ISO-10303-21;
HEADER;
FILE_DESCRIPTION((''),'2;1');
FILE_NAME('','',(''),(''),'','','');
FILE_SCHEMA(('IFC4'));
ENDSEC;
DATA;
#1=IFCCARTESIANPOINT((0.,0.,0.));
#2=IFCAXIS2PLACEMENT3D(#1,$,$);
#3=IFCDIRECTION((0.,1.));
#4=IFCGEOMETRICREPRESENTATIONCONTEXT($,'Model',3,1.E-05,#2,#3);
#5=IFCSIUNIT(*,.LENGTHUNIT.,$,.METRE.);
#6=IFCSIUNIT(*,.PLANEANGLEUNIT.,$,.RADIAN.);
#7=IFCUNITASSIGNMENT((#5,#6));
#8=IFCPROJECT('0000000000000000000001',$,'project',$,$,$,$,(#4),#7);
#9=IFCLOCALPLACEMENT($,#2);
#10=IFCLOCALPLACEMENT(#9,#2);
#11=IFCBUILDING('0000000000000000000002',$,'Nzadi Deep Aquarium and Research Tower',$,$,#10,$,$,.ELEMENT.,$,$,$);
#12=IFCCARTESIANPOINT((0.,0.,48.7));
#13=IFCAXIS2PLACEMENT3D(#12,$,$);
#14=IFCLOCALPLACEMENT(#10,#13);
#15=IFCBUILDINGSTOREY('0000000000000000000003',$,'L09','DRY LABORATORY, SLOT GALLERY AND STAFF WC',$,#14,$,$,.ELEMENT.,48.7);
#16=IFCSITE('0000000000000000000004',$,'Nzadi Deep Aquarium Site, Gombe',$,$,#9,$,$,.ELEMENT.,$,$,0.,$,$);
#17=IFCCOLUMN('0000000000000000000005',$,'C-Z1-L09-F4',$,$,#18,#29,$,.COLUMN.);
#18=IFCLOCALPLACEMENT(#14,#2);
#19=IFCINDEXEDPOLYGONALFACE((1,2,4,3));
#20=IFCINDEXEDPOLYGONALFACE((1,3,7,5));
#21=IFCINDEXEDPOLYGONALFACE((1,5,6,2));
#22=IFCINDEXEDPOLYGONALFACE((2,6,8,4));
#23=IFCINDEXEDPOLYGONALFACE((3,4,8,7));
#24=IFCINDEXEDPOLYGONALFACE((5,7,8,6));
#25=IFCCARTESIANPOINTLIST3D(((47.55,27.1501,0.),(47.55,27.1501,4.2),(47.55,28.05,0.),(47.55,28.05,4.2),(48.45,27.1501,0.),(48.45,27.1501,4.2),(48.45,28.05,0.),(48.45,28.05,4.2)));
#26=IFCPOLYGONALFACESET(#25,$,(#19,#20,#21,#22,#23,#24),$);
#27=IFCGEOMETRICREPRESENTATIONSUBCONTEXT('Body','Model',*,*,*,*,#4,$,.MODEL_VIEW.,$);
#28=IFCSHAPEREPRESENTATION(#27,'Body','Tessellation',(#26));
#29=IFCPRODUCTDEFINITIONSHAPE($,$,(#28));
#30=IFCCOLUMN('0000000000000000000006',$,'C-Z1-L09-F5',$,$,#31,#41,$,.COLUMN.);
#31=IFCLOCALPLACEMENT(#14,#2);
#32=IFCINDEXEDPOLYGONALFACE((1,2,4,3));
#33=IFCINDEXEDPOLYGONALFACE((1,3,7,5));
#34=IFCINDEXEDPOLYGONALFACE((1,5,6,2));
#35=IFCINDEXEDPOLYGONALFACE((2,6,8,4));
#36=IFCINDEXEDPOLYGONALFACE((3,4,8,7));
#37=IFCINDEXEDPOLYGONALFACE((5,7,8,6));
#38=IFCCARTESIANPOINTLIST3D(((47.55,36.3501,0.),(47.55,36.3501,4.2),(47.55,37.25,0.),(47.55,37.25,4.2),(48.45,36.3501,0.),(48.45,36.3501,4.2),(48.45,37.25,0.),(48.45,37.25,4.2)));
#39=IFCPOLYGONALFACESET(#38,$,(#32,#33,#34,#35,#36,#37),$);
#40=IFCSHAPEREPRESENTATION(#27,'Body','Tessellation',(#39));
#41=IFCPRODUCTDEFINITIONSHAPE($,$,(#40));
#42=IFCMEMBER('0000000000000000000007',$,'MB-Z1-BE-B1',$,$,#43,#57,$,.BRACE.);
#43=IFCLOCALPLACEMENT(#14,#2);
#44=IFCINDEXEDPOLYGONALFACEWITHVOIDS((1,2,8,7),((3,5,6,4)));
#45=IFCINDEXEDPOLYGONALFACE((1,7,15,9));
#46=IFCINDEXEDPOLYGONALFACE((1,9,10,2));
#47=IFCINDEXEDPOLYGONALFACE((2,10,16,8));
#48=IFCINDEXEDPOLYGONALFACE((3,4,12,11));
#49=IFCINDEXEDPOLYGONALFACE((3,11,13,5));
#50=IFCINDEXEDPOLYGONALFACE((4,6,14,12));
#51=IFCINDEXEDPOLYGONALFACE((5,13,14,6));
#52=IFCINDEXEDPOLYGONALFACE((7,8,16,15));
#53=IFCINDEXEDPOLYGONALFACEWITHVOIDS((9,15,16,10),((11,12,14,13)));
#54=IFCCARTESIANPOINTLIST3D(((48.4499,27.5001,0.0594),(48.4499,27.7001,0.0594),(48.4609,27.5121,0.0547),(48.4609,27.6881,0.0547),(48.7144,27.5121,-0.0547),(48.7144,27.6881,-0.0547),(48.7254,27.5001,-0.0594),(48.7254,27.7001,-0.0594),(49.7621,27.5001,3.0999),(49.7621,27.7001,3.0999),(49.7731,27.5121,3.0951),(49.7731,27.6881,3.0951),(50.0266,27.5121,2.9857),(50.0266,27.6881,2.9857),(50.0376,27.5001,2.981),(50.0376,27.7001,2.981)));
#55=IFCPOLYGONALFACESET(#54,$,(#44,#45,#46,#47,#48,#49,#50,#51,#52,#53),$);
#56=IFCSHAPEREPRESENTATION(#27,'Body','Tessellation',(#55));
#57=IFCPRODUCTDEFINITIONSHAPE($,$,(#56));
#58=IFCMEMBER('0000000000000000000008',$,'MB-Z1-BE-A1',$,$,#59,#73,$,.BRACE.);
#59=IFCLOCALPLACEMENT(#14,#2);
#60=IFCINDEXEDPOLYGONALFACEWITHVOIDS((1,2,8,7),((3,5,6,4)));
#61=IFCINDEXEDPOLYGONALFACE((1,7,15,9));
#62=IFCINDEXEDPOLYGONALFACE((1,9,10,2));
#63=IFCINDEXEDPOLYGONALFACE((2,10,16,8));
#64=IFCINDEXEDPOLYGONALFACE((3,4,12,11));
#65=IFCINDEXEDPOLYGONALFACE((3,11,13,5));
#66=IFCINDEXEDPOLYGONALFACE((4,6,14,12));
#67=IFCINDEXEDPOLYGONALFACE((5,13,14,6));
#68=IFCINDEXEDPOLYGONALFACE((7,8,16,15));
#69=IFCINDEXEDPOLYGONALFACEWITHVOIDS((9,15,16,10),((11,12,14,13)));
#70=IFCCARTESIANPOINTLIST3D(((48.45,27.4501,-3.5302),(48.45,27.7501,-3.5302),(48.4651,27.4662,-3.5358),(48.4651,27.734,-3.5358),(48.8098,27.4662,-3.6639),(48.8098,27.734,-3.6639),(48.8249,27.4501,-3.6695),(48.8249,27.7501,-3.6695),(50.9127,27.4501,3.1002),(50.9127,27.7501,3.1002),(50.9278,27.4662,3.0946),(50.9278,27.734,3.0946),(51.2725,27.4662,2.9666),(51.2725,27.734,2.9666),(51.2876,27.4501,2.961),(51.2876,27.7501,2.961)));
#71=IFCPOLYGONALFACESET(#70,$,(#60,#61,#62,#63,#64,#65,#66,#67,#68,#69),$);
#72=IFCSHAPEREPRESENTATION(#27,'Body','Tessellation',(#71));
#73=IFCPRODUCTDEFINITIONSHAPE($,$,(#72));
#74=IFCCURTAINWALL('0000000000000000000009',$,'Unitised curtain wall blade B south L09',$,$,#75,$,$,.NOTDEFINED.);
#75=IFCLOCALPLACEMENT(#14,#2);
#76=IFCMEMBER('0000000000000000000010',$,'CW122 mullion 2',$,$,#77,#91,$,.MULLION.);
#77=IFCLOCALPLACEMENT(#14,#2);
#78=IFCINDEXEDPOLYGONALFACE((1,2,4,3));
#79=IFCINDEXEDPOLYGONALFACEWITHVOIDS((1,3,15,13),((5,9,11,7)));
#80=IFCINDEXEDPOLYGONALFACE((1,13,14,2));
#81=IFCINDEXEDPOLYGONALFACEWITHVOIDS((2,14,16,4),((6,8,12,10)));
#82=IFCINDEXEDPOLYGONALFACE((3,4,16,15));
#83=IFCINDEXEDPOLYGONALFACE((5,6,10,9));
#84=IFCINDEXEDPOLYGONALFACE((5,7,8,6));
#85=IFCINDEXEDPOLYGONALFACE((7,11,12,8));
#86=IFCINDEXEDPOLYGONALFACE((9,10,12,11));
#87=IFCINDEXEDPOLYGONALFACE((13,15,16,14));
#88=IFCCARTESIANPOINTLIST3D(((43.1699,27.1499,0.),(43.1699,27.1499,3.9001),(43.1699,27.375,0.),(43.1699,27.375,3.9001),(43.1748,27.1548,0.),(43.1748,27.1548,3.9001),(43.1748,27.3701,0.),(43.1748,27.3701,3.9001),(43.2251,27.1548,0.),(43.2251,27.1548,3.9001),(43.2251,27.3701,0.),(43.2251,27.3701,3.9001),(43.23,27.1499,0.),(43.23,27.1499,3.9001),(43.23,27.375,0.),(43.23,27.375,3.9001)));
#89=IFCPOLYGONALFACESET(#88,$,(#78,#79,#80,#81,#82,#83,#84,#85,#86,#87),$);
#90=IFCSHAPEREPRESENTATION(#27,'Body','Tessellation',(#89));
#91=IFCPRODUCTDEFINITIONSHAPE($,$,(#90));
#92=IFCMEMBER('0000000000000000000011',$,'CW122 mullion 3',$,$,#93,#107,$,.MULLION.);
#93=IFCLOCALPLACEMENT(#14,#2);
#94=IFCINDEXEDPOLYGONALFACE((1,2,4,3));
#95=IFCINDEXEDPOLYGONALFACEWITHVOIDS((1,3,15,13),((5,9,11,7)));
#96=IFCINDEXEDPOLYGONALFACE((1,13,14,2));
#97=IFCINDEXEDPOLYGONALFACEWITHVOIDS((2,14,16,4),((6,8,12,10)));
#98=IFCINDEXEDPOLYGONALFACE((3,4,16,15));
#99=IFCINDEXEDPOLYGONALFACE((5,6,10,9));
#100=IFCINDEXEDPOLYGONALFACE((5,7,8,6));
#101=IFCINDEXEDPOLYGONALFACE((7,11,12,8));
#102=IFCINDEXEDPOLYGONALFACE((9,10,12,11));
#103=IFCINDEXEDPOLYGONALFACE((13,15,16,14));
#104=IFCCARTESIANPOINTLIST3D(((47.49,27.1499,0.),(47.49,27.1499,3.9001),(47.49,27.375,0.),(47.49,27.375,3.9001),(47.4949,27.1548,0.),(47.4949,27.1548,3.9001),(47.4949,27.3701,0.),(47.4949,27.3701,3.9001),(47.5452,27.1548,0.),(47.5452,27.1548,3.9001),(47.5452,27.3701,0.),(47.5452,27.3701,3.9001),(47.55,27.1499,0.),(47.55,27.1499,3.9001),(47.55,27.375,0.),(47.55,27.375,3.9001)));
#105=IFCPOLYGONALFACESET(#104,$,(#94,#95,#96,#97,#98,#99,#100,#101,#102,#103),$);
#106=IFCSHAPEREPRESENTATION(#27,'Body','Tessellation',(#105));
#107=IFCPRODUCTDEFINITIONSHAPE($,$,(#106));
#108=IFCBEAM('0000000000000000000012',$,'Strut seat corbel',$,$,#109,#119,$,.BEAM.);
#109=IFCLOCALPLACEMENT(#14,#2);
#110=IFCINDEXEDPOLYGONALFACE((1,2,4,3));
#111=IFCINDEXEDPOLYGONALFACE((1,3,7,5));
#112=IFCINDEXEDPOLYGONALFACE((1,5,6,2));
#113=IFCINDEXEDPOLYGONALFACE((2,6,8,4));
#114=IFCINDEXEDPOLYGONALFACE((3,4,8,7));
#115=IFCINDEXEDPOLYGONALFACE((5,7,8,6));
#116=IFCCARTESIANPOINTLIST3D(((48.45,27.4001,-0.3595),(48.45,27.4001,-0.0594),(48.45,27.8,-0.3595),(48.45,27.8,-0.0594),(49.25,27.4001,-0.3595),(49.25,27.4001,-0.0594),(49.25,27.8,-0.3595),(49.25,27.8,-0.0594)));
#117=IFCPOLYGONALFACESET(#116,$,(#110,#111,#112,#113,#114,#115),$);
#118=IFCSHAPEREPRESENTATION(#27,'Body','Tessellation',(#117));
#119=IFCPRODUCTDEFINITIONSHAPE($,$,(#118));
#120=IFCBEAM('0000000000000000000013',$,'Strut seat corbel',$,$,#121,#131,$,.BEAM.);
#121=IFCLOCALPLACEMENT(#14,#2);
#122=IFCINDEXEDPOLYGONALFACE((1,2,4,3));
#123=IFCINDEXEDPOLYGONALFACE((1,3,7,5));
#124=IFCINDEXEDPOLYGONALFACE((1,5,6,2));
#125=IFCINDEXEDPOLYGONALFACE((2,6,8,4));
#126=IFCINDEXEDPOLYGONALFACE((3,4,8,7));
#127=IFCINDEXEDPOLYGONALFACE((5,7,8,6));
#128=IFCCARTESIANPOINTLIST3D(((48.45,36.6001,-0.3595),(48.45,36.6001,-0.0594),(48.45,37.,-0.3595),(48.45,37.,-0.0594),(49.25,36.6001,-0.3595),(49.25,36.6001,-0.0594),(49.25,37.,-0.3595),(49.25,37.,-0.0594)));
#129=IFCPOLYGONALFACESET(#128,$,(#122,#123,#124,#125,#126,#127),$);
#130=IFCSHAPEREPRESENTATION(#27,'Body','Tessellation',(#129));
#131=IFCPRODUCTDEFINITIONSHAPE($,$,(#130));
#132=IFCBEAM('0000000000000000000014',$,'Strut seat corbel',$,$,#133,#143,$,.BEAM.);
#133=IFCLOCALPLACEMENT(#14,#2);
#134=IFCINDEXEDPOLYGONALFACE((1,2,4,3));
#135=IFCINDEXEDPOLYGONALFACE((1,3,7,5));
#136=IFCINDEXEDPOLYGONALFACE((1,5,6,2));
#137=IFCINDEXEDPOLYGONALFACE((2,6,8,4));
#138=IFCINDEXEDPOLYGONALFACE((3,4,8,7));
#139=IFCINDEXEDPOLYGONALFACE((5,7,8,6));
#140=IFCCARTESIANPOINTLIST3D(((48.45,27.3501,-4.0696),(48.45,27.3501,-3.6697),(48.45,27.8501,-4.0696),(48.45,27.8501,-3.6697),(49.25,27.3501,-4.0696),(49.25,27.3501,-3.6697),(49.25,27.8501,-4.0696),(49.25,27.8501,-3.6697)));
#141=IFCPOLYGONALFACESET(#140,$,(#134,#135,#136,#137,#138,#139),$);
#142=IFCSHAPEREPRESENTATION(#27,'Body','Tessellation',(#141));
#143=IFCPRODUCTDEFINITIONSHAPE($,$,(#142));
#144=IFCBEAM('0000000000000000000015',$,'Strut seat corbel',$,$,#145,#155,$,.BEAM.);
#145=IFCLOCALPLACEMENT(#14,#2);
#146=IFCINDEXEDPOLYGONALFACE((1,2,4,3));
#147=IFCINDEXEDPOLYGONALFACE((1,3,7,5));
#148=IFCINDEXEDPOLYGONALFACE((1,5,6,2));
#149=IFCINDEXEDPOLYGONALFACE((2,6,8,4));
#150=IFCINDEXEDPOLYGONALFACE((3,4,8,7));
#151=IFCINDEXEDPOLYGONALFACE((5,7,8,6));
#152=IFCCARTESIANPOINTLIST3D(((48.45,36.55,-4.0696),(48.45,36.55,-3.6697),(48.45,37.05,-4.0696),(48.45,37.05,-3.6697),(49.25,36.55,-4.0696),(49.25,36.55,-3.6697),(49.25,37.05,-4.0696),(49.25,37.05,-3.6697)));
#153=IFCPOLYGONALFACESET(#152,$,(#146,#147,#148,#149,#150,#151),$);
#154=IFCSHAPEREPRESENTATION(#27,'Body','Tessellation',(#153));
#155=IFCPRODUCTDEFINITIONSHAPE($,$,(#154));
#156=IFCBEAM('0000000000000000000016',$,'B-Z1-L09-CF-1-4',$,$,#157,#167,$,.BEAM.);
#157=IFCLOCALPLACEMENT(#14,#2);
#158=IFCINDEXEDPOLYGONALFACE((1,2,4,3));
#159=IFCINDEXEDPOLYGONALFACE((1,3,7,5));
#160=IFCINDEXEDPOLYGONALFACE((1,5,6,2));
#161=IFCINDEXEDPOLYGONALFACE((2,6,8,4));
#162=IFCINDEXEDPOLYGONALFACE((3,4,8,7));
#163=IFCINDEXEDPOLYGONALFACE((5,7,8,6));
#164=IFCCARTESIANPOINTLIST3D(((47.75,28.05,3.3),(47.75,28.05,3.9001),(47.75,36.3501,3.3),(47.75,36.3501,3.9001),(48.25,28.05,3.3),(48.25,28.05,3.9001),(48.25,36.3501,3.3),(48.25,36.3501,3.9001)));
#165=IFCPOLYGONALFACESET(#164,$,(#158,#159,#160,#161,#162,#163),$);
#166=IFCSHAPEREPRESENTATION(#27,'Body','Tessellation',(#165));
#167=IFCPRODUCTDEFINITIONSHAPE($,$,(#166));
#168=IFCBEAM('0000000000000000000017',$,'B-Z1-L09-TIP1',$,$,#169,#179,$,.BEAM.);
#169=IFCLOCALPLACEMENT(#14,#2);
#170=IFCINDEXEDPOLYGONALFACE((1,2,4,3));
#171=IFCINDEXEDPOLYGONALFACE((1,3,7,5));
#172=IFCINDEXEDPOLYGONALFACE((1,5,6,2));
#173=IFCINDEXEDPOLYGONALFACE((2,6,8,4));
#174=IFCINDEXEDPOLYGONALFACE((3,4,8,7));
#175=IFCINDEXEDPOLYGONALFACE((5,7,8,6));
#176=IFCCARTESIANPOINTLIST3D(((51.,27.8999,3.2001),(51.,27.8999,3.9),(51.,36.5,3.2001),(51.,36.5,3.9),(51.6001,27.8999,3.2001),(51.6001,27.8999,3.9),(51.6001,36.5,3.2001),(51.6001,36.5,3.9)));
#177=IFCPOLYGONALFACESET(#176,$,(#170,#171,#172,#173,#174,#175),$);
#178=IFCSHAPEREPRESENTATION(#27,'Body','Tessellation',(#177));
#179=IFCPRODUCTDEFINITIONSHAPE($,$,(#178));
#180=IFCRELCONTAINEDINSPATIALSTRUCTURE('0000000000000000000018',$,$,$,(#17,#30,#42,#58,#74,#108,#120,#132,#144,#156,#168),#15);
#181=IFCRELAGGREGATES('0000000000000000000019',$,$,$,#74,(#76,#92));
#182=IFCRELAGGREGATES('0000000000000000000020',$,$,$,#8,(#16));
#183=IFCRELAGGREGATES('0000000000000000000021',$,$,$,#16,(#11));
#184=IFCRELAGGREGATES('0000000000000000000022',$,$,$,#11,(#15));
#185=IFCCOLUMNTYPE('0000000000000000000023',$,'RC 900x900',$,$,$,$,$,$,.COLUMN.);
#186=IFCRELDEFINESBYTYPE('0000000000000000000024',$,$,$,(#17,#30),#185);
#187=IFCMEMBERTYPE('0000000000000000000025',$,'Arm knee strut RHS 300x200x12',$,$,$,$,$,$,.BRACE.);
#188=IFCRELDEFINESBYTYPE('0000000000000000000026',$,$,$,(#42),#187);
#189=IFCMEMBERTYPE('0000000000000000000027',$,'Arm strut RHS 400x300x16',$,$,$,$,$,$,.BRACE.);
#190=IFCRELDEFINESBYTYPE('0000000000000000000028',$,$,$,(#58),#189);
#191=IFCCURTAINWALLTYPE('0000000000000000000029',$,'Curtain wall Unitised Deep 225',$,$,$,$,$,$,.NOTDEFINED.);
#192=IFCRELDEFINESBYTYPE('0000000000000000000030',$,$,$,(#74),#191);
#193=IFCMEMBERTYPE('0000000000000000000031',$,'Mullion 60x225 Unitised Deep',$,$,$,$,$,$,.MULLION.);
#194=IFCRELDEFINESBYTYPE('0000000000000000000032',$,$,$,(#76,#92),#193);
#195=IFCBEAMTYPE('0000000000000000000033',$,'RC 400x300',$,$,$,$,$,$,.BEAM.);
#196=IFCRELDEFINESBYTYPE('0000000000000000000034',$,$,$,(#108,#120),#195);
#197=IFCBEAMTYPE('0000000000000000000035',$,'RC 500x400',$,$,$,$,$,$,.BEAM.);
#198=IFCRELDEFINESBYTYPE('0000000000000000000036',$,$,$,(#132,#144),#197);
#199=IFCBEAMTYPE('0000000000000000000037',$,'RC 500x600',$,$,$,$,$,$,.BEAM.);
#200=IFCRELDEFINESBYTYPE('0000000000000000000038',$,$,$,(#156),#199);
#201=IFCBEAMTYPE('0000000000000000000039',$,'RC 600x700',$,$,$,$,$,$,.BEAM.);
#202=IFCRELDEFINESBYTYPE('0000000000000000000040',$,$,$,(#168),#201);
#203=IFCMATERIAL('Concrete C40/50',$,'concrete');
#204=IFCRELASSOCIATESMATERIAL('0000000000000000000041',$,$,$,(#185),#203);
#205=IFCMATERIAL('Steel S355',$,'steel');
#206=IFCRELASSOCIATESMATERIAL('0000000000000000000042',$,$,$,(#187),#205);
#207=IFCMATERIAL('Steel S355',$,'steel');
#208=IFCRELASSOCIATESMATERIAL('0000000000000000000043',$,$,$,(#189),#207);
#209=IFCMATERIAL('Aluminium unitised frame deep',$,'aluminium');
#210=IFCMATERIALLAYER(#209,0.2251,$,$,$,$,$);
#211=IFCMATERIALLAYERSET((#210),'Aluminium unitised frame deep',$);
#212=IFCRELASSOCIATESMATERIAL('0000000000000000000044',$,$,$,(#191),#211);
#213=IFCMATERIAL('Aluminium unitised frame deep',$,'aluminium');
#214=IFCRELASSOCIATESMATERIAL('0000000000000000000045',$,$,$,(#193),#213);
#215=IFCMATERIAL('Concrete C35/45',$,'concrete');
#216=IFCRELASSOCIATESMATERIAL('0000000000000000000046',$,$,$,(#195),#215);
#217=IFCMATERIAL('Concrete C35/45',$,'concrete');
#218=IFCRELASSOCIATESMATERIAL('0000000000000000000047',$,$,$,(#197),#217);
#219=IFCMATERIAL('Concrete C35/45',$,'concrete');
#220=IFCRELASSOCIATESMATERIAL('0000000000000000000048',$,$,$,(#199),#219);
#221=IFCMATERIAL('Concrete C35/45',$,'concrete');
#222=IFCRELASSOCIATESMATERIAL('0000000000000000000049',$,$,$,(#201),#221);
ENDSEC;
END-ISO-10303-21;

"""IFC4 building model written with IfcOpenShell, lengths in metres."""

from ifc_helpers import new_model, si_unit, direction, frame, origin, origin_2d, place, context, subcontext, project, spatial, rectangle, hollow_rectangle, extrude, material, layer, layer_set, material_profile, profile_set, type_object, element, aggregate, save


model = new_model("IFC4")

# Units and contexts
model_context = context("Model", 3, precision=1e-05, world=origin(), true_north=direction((0.0, 1.0)))
body_context = subcontext(model_context, "Body", "Model", "MODEL_VIEW")
ifc_project = project(units=[si_unit("LENGTHUNIT", "METRE"), si_unit("PLANEANGLEUNIT", "RADIAN")], contexts=[model_context])

# Site, building, storey
site_placement = place(None, origin())
site = spatial("IfcSite", under=ifc_project, at=site_placement, Name="Nzadi Deep Aquarium Site, Gombe", CompositionType="ELEMENT", RefElevation=0.0)
building_placement = place(site_placement, origin())
building = spatial("IfcBuilding", under=site, at=building_placement, Name="Nzadi Deep Aquarium and Research Tower", CompositionType="ELEMENT")
storey_placement = place(building_placement, frame((0.0, 0.0, 48.7)))
storey = spatial("IfcBuildingStorey", under=building, at=storey_placement, Name="L09", Description="DRY LABORATORY, SLOT GALLERY AND STAFF WC", CompositionType="ELEMENT", Elevation=48.7)

# Columns
ifc_material_1 = material(Name="Concrete C40/50", Category="concrete")
ifc_material_profile_1 = material_profile(ifc_material_1, rectangle(XDim=0.8999, YDim=0.8999, at=origin_2d()))
ifc_profile_set_1 = profile_set([ifc_material_profile_1], Name="Concrete C40/50")
column_type = type_object("IfcColumnType", Name="RC 900x900", PredefinedType="COLUMN", material=ifc_profile_set_1)
for number, where, z_axis, x_axis, name in (
    (1, (48.0, 27.6001, 0.0), (0.0, 0.0, 1.0), (1.0, 0.0, 0.0), "C-Z1-L09-F4"),
    (2, (48.0, 36.8, 0.0), (0.0, 0.0, 1.0), (1.0, 0.0, 0.0), "C-Z1-L09-F5"),
):
    element("IfcColumn", number, at=place(storey_placement, frame(where, z_axis=z_axis, x_axis=x_axis)), inside=storey, type_object=column_type, Name=name, PredefinedType="COLUMN", context=body_context, shape_type="SweptSolid", body=[
        extrude(rectangle(XDim=0.8999, YDim=0.8999, at=origin_2d()), origin(), (0.0, 0.0, 1.0), 4.2),
    ])

# Members
ifc_material_2 = material(Name="Steel S355", Category="steel")
ifc_material_profile_2 = material_profile(ifc_material_2, hollow_rectangle(XDim=0.2, YDim=0.3, WallThickness=0.012, at=origin_2d()))
ifc_profile_set_2 = profile_set([ifc_material_profile_2], Name="Steel S355")
member_type_1 = type_object("IfcMemberType", Name="Arm knee strut RHS 300x200x12", PredefinedType="BRACE", material=ifc_profile_set_2)
member_1_placement = place(storey_placement, frame((48.5876, 27.6001, 0.0), z_axis=(0.396258, 0.0, 0.918139), x_axis=(0.0, 1.0, 0.0)))
element("IfcMember", 3, at=member_1_placement, inside=storey, type_object=member_type_1, Name="MB-Z1-BE-B1", PredefinedType="BRACE", context=body_context, shape_type="SweptSolid", body=[
    extrude(hollow_rectangle(XDim=0.2, YDim=0.3, WallThickness=0.012, at=origin_2d()), origin(), (0.0, 0.0, 1.0), 3.3115),
])
ifc_material_3 = material(Name="Steel S355", Category="steel")
ifc_material_profile_3 = material_profile(ifc_material_3, hollow_rectangle(XDim=0.3, YDim=0.3999, WallThickness=0.0161, at=origin_2d()))
ifc_profile_set_3 = profile_set([ifc_material_profile_3], Name="Steel S355")
member_type_2 = type_object("IfcMemberType", Name="Arm strut RHS 400x300x16", PredefinedType="BRACE", material=ifc_profile_set_3)
member_2_placement = place(storey_placement, frame((48.6375, 27.6001, -3.5999), z_axis=(0.348179, 0.0, 0.937428), x_axis=(0.0, 1.0, 0.0)))
element("IfcMember", 4, at=member_2_placement, inside=storey, type_object=member_type_2, Name="MB-Z1-BE-A1", PredefinedType="BRACE", context=body_context, shape_type="SweptSolid", body=[
    extrude(hollow_rectangle(XDim=0.3, YDim=0.3999, WallThickness=0.0161, at=origin_2d()), origin(), (0.0, 0.0, 1.0), 7.073),
])

# Curtain wall, members
ifc_material_4 = material(Name="Aluminium unitised frame deep", Category="aluminium")
ifc_layer_1 = layer(ifc_material_4, 0.2251)
ifc_layer_set_1 = layer_set([ifc_layer_1], Name="Aluminium unitised frame deep")
curtain_wall_type = type_object("IfcCurtainWallType", Name="Curtain wall Unitised Deep 225", PredefinedType="NOTDEFINED", material=ifc_layer_set_1)
curtain_wall_placement = place(storey_placement, origin())
curtain_wall = element("IfcCurtainWall", 5, at=curtain_wall_placement, inside=storey, type_object=curtain_wall_type, Name="Unitised curtain wall blade B south L09", PredefinedType="NOTDEFINED")
ifc_material_5 = material(Name="Aluminium unitised frame deep", Category="aluminium")
ifc_material_profile_4 = material_profile(ifc_material_5, hollow_rectangle(XDim=0.2251, YDim=0.0601, WallThickness=0.0049, at=origin_2d()))
ifc_profile_set_4 = profile_set([ifc_material_profile_4], Name="Aluminium unitised frame deep")
member_type_3 = type_object("IfcMemberType", Name="Mullion 60x225 Unitised Deep", PredefinedType="MULLION", material=ifc_profile_set_4)
member_3_placement = place(storey_placement, frame((43.2, 27.2625, 0.0), z_axis=(0.0, 0.0, 1.0), x_axis=(0.0, 1.0, 0.0)))
member_3 = element("IfcMember", 6, at=member_3_placement, type_object=member_type_3, Name="CW122 mullion 2", PredefinedType="MULLION", context=body_context, shape_type="SweptSolid", body=[
    extrude(hollow_rectangle(XDim=0.2251, YDim=0.0601, WallThickness=0.0049, at=origin_2d()), origin(), (0.0, 0.0, 1.0), 3.9001),
])
member_4_placement = place(storey_placement, frame((47.52, 27.2625, 0.0), z_axis=(0.0, 0.0, 1.0), x_axis=(0.0, 1.0, 0.0)))
member_4 = element("IfcMember", 7, at=member_4_placement, type_object=member_type_3, Name="CW122 mullion 3", PredefinedType="MULLION", context=body_context, shape_type="SweptSolid", body=[
    extrude(hollow_rectangle(XDim=0.2251, YDim=0.0601, WallThickness=0.0049, at=origin_2d()), origin(), (0.0, 0.0, 1.0), 3.9001),
])

# Beams
ifc_material_6 = material(Name="Concrete C35/45", Category="concrete")
ifc_material_profile_5 = material_profile(ifc_material_6, rectangle(XDim=0.3999, YDim=0.3, at=origin_2d()))
ifc_profile_set_5 = profile_set([ifc_material_profile_5], Name="Concrete C35/45")
beam_type_1 = type_object("IfcBeamType", Name="RC 400x300", PredefinedType="BEAM", material=ifc_profile_set_5)
for number, where, z_axis, x_axis, name in (
    (8, (48.45, 27.6001, -0.2095), (1.0, 0.0, 0.0), (0.0, 1.0, 0.0), "Strut seat corbel"),
    (9, (48.45, 36.8, -0.2095), (1.0, 0.0, 0.0), (0.0, 1.0, 0.0), "Strut seat corbel"),
):
    element("IfcBeam", number, at=place(storey_placement, frame(where, z_axis=z_axis, x_axis=x_axis)), inside=storey, type_object=beam_type_1, Name=name, PredefinedType="BEAM", context=body_context, shape_type="SweptSolid", body=[
        extrude(rectangle(XDim=0.3999, YDim=0.3, at=origin_2d()), origin(), (0.0, 0.0, 1.0), 0.8),
    ])
ifc_material_7 = material(Name="Concrete C35/45", Category="concrete")
ifc_material_profile_6 = material_profile(ifc_material_7, rectangle(XDim=0.5, YDim=0.3999, at=origin_2d()))
ifc_profile_set_6 = profile_set([ifc_material_profile_6], Name="Concrete C35/45")
beam_type_2 = type_object("IfcBeamType", Name="RC 500x400", PredefinedType="BEAM", material=ifc_profile_set_6)
for number, where, z_axis, x_axis, name in (
    (10, (48.45, 27.6001, -3.8696), (1.0, 0.0, 0.0), (0.0, 1.0, 0.0), "Strut seat corbel"),
    (11, (48.45, 36.8, -3.8696), (1.0, 0.0, 0.0), (0.0, 1.0, 0.0), "Strut seat corbel"),
):
    element("IfcBeam", number, at=place(storey_placement, frame(where, z_axis=z_axis, x_axis=x_axis)), inside=storey, type_object=beam_type_2, Name=name, PredefinedType="BEAM", context=body_context, shape_type="SweptSolid", body=[
        extrude(rectangle(XDim=0.5, YDim=0.3999, at=origin_2d()), origin(), (0.0, 0.0, 1.0), 0.8),
    ])
ifc_material_8 = material(Name="Concrete C35/45", Category="concrete")
ifc_material_profile_7 = material_profile(ifc_material_8, rectangle(XDim=0.5, YDim=0.6001, at=origin_2d()))
ifc_profile_set_7 = profile_set([ifc_material_profile_7], Name="Concrete C35/45")
beam_type_3 = type_object("IfcBeamType", Name="RC 500x600", PredefinedType="BEAM", material=ifc_profile_set_7)
beam_1_placement = place(storey_placement, frame((48.0, 28.05, 3.6001), z_axis=(0.0, 1.0, 0.0), x_axis=(-1.0, 0.0, 0.0)))
element("IfcBeam", 12, at=beam_1_placement, inside=storey, type_object=beam_type_3, Name="B-Z1-L09-CF-1-4", PredefinedType="BEAM", context=body_context, shape_type="SweptSolid", body=[
    extrude(rectangle(XDim=0.5, YDim=0.6001, at=origin_2d()), origin(), (0.0, 0.0, 1.0), 8.3),
])
ifc_material_9 = material(Name="Concrete C35/45", Category="concrete")
ifc_material_profile_8 = material_profile(ifc_material_9, rectangle(XDim=0.6001, YDim=0.7, at=origin_2d()))
ifc_profile_set_8 = profile_set([ifc_material_profile_8], Name="Concrete C35/45")
beam_type_4 = type_object("IfcBeamType", Name="RC 600x700", PredefinedType="BEAM", material=ifc_profile_set_8)
beam_2_placement = place(storey_placement, frame((51.3, 27.8999, 3.55), z_axis=(0.0, 1.0, 0.0), x_axis=(-1.0, 0.0, 0.0)))
element("IfcBeam", 13, at=beam_2_placement, inside=storey, type_object=beam_type_4, Name="B-Z1-L09-TIP1", PredefinedType="BEAM", context=body_context, shape_type="SweptSolid", body=[
    extrude(rectangle(XDim=0.6001, YDim=0.7, at=origin_2d()), origin(), (0.0, 0.0, 1.0), 8.6001),
])

aggregate(curtain_wall, [member_3, member_4])

save(model, "model.ifc")
